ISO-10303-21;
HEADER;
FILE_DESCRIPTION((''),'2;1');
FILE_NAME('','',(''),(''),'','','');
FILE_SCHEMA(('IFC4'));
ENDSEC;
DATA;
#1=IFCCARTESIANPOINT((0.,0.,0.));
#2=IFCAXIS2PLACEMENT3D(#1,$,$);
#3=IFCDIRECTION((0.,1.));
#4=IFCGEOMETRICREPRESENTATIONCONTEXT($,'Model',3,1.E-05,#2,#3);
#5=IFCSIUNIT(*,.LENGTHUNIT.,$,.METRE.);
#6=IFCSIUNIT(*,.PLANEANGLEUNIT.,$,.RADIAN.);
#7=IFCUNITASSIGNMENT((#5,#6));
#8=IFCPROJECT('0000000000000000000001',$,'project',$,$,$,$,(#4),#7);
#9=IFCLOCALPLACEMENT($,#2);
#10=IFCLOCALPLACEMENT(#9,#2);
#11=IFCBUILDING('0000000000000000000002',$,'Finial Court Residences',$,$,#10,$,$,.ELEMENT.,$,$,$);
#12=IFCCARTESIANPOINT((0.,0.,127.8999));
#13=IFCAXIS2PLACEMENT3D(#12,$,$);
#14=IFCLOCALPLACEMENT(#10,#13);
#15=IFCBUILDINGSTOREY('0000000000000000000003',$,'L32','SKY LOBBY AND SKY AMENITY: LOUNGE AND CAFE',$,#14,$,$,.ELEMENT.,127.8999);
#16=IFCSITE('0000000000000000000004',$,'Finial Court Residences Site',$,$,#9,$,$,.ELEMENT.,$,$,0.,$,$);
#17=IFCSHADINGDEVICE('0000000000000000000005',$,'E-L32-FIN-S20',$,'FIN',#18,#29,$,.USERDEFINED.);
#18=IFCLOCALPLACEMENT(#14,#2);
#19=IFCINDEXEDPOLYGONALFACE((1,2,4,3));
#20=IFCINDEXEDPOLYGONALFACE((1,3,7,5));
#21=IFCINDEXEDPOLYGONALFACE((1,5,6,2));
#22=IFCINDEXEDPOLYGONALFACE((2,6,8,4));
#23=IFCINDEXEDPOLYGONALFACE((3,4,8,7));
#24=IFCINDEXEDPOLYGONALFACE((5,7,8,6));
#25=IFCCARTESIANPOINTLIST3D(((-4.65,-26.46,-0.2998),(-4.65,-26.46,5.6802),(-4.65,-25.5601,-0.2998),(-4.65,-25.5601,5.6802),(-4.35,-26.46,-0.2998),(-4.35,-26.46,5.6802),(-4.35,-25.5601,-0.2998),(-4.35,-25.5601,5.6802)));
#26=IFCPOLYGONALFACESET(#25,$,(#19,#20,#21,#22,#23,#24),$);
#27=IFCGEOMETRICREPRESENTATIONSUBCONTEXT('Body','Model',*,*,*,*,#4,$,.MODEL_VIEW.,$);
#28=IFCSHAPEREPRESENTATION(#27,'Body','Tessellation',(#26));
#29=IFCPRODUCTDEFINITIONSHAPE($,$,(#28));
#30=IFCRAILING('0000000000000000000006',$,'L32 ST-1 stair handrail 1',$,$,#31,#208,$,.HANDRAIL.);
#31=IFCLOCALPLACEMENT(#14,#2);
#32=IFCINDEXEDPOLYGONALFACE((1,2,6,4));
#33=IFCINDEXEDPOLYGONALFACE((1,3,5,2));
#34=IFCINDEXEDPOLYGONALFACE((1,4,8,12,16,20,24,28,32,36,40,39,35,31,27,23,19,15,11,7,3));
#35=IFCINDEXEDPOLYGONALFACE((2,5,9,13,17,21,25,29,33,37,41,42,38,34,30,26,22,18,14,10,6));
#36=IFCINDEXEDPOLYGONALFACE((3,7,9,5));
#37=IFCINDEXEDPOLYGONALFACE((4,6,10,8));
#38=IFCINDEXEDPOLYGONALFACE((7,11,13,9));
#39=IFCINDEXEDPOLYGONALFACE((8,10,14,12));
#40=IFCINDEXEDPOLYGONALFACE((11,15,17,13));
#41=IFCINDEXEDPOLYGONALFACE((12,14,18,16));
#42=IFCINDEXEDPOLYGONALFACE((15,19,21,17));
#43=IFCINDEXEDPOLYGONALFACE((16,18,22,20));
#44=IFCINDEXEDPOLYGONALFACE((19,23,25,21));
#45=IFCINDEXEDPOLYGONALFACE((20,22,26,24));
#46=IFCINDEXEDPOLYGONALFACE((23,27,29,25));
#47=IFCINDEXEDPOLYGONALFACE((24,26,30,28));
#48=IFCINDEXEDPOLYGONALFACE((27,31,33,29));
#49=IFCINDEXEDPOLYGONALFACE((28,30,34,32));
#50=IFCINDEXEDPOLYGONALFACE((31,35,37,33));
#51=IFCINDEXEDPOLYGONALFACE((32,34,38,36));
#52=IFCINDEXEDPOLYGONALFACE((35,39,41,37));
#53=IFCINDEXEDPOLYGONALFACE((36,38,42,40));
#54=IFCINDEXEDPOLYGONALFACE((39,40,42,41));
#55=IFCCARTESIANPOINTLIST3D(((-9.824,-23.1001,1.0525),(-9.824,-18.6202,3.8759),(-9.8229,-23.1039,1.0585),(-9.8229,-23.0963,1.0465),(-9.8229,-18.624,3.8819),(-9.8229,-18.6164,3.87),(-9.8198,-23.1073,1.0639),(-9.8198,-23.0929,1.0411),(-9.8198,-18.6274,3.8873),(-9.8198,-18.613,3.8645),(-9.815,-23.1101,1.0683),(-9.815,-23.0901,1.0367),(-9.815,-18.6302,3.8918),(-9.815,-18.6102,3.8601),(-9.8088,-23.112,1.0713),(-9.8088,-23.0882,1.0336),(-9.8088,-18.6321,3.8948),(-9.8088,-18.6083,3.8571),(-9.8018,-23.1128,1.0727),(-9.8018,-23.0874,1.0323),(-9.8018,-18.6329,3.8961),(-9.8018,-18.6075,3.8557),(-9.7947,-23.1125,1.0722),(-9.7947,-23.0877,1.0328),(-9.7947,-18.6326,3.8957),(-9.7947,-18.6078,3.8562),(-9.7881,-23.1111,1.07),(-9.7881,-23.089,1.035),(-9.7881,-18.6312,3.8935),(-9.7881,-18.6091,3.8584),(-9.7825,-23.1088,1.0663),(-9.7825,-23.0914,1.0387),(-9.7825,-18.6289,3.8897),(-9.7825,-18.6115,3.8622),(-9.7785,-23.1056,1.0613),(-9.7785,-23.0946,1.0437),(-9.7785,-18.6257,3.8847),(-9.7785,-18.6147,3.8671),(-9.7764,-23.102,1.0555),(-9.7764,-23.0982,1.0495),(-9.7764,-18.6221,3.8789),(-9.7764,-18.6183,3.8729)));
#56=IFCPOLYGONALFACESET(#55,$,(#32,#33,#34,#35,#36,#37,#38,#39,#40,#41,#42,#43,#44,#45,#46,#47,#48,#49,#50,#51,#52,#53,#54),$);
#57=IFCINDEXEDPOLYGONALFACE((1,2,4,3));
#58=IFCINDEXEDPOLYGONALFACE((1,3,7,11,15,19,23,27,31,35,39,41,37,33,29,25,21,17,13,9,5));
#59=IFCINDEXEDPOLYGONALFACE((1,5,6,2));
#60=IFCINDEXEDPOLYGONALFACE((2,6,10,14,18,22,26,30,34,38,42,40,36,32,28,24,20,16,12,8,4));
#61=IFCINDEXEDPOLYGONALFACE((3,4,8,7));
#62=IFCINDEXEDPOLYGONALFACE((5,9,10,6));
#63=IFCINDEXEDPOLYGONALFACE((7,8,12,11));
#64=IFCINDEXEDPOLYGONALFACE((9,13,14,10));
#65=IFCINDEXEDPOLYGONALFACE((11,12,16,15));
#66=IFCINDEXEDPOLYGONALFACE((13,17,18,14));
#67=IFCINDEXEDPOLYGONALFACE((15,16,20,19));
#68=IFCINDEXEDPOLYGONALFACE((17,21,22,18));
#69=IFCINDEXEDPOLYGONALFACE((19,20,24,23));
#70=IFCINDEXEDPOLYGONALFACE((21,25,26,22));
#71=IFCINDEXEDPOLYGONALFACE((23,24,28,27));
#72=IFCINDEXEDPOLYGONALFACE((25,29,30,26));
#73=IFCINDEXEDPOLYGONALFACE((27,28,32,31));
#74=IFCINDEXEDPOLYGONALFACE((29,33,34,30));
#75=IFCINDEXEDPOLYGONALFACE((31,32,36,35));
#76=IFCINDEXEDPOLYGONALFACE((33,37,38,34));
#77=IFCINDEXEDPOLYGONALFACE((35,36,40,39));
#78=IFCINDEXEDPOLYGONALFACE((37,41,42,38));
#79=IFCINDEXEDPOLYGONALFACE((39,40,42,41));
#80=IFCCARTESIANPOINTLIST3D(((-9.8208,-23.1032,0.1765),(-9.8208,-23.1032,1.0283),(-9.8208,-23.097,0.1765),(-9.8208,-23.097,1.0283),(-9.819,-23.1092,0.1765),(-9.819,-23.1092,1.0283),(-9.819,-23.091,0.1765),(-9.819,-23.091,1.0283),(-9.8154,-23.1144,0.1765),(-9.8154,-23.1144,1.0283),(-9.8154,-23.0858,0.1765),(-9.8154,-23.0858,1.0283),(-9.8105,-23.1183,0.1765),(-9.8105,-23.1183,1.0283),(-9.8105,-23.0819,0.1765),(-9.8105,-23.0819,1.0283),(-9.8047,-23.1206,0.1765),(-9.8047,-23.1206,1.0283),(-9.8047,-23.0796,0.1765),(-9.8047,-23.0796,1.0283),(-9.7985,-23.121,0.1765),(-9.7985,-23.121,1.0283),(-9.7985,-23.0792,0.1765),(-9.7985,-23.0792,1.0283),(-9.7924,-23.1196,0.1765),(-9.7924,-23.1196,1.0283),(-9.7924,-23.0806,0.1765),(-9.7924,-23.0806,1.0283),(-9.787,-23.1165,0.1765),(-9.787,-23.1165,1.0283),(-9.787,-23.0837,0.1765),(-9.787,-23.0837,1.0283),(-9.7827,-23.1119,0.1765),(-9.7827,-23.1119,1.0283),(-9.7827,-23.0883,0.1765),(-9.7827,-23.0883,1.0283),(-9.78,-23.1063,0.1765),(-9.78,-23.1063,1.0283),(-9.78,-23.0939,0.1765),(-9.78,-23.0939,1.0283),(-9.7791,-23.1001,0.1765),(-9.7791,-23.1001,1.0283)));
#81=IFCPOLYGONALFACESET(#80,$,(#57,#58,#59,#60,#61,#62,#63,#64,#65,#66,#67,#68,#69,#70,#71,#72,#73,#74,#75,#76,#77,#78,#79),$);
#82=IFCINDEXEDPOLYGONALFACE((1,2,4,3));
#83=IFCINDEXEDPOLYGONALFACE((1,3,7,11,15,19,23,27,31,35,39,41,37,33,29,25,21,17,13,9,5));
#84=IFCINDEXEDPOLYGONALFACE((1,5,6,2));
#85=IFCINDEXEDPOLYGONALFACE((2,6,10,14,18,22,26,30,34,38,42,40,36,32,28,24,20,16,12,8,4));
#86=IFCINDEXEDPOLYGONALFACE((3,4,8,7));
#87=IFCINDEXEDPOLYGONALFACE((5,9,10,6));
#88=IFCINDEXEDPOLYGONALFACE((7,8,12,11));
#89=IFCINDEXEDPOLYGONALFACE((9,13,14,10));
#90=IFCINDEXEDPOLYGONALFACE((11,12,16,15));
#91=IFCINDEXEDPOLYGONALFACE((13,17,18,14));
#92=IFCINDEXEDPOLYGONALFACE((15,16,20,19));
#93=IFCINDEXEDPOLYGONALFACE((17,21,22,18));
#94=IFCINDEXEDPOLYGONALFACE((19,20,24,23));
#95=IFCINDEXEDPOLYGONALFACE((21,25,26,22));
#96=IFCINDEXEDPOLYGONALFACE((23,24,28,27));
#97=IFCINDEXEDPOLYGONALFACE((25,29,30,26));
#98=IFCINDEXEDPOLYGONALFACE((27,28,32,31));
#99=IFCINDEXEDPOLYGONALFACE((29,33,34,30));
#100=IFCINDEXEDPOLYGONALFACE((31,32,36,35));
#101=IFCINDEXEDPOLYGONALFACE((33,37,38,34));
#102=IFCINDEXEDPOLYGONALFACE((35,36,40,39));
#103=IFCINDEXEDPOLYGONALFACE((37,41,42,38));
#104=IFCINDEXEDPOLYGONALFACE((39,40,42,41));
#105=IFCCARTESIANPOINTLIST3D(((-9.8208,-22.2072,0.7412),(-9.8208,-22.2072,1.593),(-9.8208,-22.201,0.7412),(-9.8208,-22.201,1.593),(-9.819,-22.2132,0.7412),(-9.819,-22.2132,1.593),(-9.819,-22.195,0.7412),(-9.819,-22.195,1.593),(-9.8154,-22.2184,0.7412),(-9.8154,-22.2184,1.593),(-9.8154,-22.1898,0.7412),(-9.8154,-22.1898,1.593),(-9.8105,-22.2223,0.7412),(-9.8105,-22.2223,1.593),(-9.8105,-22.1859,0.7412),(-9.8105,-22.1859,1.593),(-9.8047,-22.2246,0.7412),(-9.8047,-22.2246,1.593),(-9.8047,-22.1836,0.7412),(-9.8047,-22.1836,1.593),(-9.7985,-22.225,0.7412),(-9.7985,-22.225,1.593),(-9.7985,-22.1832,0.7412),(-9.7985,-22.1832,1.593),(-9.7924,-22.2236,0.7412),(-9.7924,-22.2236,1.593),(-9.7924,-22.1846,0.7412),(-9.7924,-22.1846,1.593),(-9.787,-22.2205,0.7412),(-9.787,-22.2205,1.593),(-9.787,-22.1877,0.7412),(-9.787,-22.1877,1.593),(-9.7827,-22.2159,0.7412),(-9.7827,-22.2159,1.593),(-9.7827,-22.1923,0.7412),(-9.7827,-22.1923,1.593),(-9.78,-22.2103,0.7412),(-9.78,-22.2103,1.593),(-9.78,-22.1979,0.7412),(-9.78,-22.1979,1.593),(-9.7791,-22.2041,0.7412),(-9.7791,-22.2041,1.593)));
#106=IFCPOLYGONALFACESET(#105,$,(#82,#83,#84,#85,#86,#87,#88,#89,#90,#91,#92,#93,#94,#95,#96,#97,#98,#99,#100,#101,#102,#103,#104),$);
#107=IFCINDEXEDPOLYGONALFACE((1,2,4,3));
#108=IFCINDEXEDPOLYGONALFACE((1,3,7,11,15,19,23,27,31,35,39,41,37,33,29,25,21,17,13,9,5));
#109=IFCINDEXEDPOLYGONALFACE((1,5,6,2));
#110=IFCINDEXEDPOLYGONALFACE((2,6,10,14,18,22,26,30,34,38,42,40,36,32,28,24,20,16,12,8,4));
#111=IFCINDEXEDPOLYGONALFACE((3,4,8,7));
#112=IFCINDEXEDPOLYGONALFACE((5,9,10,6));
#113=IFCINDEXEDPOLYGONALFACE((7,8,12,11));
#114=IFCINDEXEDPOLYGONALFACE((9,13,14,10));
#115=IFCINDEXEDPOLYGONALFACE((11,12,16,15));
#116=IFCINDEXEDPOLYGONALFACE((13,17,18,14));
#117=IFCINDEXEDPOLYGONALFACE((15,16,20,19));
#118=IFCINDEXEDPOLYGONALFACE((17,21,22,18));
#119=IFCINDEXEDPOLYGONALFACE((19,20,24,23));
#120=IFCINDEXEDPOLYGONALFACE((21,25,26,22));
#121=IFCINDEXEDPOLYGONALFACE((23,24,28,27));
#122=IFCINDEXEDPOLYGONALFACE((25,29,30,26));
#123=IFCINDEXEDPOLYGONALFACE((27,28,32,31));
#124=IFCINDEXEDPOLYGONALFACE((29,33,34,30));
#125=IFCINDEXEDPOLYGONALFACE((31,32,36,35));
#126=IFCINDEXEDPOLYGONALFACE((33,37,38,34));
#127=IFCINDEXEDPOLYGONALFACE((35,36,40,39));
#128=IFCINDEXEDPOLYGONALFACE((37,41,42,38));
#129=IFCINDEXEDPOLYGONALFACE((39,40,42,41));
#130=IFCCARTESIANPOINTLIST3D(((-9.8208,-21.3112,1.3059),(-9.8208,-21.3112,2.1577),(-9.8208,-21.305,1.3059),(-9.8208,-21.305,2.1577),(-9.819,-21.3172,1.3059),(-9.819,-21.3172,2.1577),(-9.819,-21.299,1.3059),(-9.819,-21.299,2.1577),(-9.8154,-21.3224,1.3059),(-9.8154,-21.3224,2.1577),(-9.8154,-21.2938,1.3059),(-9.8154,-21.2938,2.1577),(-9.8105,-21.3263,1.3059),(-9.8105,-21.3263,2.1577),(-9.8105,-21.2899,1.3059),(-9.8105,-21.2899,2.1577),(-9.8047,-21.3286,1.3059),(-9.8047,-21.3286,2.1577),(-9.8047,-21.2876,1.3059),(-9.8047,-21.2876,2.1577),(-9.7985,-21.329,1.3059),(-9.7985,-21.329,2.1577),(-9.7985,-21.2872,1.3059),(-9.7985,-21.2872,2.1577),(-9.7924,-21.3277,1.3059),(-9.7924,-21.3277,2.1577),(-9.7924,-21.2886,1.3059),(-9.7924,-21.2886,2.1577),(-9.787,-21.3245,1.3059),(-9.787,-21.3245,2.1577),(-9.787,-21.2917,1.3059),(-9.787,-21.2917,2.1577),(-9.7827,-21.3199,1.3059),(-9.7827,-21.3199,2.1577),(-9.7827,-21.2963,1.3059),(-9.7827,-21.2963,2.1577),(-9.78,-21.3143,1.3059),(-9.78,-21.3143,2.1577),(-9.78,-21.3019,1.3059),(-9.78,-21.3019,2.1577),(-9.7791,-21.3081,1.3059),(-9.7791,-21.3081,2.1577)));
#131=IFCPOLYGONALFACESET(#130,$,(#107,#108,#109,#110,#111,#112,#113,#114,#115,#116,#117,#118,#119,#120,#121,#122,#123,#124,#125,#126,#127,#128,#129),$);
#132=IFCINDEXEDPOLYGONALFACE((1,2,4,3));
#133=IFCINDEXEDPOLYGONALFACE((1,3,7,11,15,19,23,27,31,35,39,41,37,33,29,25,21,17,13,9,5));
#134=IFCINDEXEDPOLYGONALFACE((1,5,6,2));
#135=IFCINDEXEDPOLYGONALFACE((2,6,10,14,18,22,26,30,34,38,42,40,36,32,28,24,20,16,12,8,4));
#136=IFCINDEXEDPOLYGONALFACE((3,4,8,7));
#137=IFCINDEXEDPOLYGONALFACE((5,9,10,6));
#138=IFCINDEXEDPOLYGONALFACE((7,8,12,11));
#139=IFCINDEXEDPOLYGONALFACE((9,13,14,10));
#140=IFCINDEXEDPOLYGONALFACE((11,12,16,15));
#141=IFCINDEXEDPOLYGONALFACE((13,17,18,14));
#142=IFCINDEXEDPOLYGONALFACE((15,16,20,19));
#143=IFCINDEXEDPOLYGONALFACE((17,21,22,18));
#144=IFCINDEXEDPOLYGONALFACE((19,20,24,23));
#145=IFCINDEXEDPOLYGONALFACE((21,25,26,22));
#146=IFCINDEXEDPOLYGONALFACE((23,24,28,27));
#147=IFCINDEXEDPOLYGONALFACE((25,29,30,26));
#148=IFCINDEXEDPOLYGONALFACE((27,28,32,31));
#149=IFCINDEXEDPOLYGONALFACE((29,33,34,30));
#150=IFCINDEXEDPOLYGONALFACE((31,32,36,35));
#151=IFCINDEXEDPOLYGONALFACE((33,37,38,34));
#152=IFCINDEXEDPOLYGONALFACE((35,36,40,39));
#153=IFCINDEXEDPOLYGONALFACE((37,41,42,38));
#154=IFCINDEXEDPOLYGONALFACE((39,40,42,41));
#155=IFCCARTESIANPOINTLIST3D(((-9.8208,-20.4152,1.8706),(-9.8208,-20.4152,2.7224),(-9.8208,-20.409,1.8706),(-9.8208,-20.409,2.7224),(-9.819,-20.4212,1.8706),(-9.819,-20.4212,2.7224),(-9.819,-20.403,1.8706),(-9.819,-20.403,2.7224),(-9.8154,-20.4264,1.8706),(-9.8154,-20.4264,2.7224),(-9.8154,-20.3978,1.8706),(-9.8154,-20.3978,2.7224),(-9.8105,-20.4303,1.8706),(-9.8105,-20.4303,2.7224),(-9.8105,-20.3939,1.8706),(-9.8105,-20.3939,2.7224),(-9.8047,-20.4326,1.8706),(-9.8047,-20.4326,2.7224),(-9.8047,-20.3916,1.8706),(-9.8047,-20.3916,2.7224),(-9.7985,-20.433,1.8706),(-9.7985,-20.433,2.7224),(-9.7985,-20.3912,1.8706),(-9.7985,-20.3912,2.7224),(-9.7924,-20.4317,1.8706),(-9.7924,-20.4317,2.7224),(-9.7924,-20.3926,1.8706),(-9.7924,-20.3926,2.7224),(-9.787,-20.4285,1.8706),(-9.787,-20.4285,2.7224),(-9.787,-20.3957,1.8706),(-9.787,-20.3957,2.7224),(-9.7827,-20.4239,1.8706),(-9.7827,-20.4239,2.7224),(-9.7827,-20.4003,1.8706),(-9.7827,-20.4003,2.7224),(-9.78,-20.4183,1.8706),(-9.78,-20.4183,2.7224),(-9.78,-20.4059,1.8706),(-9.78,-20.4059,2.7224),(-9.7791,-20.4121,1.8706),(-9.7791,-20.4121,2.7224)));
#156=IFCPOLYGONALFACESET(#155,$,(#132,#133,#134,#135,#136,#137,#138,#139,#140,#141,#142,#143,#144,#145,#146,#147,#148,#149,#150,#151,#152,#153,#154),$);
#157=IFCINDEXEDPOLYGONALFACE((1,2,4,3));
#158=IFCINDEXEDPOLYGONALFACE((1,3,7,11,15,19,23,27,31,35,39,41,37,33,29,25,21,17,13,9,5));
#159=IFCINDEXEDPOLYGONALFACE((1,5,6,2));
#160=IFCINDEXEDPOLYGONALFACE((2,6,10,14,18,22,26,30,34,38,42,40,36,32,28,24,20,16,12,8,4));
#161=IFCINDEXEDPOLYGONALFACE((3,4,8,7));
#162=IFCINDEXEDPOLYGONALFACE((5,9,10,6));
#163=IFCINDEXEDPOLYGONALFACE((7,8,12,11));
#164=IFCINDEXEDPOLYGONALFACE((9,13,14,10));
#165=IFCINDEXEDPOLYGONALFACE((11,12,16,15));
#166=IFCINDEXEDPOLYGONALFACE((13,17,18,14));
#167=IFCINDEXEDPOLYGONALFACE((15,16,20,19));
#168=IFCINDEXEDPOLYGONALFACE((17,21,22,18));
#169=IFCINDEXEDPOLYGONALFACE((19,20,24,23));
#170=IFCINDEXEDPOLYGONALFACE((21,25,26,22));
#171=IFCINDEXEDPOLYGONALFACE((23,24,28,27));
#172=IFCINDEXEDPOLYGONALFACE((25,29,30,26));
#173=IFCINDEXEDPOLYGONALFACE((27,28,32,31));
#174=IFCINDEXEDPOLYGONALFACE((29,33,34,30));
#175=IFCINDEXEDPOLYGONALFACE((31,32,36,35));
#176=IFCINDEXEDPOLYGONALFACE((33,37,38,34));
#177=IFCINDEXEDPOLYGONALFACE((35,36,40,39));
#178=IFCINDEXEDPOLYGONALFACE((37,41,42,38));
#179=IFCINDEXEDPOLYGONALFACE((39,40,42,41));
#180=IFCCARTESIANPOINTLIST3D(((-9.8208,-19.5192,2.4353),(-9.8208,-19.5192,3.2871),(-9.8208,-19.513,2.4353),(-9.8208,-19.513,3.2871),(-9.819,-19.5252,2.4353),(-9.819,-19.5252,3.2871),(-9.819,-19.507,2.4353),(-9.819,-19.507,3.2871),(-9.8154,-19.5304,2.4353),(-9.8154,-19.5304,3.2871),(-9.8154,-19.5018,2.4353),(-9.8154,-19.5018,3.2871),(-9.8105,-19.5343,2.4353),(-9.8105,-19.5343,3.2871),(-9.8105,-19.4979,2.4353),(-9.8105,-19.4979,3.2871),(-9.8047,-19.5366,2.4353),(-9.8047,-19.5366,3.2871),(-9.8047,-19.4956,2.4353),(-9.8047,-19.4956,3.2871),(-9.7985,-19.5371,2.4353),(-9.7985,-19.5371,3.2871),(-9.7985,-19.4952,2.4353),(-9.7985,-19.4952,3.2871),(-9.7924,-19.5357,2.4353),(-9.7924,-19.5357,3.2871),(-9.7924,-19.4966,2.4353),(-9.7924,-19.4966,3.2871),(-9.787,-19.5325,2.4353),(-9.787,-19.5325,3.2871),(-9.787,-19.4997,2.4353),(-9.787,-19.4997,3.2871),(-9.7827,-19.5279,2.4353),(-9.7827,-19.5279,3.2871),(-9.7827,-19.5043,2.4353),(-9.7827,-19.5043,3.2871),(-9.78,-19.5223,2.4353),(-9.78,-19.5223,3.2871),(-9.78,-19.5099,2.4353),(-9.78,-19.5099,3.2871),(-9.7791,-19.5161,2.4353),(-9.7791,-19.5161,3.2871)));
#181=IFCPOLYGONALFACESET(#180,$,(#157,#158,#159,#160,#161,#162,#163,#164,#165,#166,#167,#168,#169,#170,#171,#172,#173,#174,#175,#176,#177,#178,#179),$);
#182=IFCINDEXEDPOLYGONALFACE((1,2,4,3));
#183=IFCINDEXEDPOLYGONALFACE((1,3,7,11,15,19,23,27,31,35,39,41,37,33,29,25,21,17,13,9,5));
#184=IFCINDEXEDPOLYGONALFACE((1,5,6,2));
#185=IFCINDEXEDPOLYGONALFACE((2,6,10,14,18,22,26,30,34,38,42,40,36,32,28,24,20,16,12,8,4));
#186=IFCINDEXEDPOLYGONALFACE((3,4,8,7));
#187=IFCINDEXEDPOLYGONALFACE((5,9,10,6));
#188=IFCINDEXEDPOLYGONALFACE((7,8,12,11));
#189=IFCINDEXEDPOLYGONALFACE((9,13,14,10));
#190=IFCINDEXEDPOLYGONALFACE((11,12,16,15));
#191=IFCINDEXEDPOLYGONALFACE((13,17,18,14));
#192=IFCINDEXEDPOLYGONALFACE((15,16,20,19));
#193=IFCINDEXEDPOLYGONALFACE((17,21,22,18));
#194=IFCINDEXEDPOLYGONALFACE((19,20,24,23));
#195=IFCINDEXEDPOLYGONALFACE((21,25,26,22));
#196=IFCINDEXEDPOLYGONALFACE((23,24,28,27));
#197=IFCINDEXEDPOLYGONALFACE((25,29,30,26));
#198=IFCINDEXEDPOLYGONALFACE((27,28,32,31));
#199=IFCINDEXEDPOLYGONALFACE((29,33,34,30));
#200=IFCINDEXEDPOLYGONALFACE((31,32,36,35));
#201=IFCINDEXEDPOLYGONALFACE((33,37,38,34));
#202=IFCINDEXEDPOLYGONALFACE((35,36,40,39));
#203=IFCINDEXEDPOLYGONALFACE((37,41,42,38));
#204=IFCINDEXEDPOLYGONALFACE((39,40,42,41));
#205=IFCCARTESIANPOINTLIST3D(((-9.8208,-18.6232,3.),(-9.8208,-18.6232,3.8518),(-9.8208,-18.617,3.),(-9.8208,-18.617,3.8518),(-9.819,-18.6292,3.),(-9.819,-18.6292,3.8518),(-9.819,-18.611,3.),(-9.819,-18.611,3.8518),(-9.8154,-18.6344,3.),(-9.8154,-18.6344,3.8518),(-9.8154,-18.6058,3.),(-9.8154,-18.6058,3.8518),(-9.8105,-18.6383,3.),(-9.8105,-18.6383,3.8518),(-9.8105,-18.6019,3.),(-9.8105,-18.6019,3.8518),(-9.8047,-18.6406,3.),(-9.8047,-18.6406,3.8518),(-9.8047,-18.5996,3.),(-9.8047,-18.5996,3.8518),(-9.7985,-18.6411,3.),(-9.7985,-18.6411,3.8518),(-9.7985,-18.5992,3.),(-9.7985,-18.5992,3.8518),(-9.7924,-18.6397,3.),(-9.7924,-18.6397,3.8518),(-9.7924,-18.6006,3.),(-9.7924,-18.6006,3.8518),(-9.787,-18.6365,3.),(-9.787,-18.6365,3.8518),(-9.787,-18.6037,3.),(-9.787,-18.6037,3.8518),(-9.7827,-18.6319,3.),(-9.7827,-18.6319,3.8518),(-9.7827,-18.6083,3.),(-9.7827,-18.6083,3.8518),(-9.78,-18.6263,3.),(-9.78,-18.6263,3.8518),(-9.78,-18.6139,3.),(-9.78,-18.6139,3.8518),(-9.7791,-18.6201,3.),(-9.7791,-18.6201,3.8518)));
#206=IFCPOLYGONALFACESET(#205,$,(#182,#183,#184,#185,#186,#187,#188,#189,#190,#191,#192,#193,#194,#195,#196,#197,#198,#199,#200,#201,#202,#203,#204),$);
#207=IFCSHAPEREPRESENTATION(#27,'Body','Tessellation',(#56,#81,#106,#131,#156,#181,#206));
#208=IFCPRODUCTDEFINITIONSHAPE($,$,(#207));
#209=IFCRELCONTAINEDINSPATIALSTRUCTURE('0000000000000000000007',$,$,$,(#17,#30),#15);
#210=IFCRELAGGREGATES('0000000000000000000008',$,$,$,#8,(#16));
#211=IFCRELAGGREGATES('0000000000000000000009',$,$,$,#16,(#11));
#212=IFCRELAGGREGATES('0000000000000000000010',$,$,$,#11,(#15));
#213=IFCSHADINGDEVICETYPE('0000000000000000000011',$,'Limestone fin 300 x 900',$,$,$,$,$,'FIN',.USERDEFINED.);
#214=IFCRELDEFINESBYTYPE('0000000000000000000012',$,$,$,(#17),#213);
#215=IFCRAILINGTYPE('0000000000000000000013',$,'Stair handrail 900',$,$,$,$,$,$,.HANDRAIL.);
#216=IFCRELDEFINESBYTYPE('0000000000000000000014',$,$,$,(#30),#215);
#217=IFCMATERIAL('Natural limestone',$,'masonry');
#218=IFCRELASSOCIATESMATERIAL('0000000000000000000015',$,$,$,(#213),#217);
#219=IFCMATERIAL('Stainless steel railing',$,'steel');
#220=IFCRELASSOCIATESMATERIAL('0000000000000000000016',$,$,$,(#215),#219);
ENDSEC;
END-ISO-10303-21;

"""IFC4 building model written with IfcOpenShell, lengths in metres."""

from ifc_helpers import new_model, si_unit, direction, frame, origin, origin_2d, place, context, subcontext, project, spatial, rectangle, circle, extrude, material, type_object, element, save


model = new_model("IFC4")

# Units and contexts
model_context = context("Model", 3, precision=1e-05, world=origin(), true_north=direction((0.0, 1.0)))
body_context = subcontext(model_context, "Body", "Model", "MODEL_VIEW")
ifc_project = project(units=[si_unit("LENGTHUNIT", "METRE"), si_unit("PLANEANGLEUNIT", "RADIAN")], contexts=[model_context])

# Site, building, storey
site_placement = place(None, origin())
site = spatial("IfcSite", under=ifc_project, at=site_placement, Name="Finial Court Residences Site", CompositionType="ELEMENT", RefElevation=0.0)
building_placement = place(site_placement, origin())
building = spatial("IfcBuilding", under=site, at=building_placement, Name="Finial Court Residences", CompositionType="ELEMENT")
storey_placement = place(building_placement, frame((0.0, 0.0, 127.8999)))
storey = spatial("IfcBuildingStorey", under=building, at=storey_placement, Name="L32", Description="SKY LOBBY AND SKY AMENITY: LOUNGE AND CAFE", CompositionType="ELEMENT", Elevation=127.8999)

# Shading device
ifc_material_1 = material(Name="Natural limestone", Category="masonry")
shading_device_type = type_object("IfcShadingDeviceType", Name="Limestone fin 300 x 900", ElementType="FIN", PredefinedType="USERDEFINED", material=ifc_material_1)
shading_device_placement = place(storey_placement, frame((-4.5, -26.01, -0.2998), z_axis=(0.0, 0.0, 1.0), x_axis=(1.0, 0.0, 0.0)))
element("IfcShadingDevice", 1, at=shading_device_placement, inside=storey, type_object=shading_device_type, Name="E-L32-FIN-S20", ObjectType="FIN", PredefinedType="USERDEFINED", context=body_context, shape_type="SweptSolid", body=[
    extrude(rectangle(XDim=0.3, YDim=0.8999, at=origin_2d()), origin(), (0.0, 0.0, 1.0), 5.98),
])

# Railing
ifc_material_2 = material(Name="Stainless steel railing", Category="steel")
railing_type = type_object("IfcRailingType", Name="Stair handrail 900", PredefinedType="HANDRAIL", material=ifc_material_2)
railing_placement = place(storey_placement, frame((-9.8, -23.1001, 0.1765)))
element("IfcRailing", 2, at=railing_placement, inside=storey, type_object=railing_type, Name="L32 ST-1 stair handrail 1", PredefinedType="HANDRAIL", context=body_context, shape_type="SweptSolid", body=[
    extrude(circle(Radius=0.0239, at=origin_2d()), frame((0.0, 0.0, 0.876), z_axis=(0.0, 0.845998, 0.533186), x_axis=(-1.0, 0.0, 0.0)), (0.0, 0.0, 1.0), 5.2954),
    extrude(circle(Radius=0.021, at=origin_2d()), origin(), (0.0, 0.0, 1.0), 0.8518),
    extrude(circle(Radius=0.021, at=origin_2d()), frame((0.0, 0.896, 0.5647)), (0.0, 0.0, 1.0), 0.8518),
    extrude(circle(Radius=0.021, at=origin_2d()), frame((0.0, 1.792, 1.1294)), (0.0, 0.0, 1.0), 0.8518),
    extrude(circle(Radius=0.021, at=origin_2d()), frame((0.0, 2.688, 1.6941)), (0.0, 0.0, 1.0), 0.8518),
    extrude(circle(Radius=0.021, at=origin_2d()), frame((0.0, 3.584, 2.2588)), (0.0, 0.0, 1.0), 0.8518),
    extrude(circle(Radius=0.021, at=origin_2d()), frame((0.0, 4.48, 2.8235)), (0.0, 0.0, 1.0), 0.8518),
])

save(model, "model.ifc")
